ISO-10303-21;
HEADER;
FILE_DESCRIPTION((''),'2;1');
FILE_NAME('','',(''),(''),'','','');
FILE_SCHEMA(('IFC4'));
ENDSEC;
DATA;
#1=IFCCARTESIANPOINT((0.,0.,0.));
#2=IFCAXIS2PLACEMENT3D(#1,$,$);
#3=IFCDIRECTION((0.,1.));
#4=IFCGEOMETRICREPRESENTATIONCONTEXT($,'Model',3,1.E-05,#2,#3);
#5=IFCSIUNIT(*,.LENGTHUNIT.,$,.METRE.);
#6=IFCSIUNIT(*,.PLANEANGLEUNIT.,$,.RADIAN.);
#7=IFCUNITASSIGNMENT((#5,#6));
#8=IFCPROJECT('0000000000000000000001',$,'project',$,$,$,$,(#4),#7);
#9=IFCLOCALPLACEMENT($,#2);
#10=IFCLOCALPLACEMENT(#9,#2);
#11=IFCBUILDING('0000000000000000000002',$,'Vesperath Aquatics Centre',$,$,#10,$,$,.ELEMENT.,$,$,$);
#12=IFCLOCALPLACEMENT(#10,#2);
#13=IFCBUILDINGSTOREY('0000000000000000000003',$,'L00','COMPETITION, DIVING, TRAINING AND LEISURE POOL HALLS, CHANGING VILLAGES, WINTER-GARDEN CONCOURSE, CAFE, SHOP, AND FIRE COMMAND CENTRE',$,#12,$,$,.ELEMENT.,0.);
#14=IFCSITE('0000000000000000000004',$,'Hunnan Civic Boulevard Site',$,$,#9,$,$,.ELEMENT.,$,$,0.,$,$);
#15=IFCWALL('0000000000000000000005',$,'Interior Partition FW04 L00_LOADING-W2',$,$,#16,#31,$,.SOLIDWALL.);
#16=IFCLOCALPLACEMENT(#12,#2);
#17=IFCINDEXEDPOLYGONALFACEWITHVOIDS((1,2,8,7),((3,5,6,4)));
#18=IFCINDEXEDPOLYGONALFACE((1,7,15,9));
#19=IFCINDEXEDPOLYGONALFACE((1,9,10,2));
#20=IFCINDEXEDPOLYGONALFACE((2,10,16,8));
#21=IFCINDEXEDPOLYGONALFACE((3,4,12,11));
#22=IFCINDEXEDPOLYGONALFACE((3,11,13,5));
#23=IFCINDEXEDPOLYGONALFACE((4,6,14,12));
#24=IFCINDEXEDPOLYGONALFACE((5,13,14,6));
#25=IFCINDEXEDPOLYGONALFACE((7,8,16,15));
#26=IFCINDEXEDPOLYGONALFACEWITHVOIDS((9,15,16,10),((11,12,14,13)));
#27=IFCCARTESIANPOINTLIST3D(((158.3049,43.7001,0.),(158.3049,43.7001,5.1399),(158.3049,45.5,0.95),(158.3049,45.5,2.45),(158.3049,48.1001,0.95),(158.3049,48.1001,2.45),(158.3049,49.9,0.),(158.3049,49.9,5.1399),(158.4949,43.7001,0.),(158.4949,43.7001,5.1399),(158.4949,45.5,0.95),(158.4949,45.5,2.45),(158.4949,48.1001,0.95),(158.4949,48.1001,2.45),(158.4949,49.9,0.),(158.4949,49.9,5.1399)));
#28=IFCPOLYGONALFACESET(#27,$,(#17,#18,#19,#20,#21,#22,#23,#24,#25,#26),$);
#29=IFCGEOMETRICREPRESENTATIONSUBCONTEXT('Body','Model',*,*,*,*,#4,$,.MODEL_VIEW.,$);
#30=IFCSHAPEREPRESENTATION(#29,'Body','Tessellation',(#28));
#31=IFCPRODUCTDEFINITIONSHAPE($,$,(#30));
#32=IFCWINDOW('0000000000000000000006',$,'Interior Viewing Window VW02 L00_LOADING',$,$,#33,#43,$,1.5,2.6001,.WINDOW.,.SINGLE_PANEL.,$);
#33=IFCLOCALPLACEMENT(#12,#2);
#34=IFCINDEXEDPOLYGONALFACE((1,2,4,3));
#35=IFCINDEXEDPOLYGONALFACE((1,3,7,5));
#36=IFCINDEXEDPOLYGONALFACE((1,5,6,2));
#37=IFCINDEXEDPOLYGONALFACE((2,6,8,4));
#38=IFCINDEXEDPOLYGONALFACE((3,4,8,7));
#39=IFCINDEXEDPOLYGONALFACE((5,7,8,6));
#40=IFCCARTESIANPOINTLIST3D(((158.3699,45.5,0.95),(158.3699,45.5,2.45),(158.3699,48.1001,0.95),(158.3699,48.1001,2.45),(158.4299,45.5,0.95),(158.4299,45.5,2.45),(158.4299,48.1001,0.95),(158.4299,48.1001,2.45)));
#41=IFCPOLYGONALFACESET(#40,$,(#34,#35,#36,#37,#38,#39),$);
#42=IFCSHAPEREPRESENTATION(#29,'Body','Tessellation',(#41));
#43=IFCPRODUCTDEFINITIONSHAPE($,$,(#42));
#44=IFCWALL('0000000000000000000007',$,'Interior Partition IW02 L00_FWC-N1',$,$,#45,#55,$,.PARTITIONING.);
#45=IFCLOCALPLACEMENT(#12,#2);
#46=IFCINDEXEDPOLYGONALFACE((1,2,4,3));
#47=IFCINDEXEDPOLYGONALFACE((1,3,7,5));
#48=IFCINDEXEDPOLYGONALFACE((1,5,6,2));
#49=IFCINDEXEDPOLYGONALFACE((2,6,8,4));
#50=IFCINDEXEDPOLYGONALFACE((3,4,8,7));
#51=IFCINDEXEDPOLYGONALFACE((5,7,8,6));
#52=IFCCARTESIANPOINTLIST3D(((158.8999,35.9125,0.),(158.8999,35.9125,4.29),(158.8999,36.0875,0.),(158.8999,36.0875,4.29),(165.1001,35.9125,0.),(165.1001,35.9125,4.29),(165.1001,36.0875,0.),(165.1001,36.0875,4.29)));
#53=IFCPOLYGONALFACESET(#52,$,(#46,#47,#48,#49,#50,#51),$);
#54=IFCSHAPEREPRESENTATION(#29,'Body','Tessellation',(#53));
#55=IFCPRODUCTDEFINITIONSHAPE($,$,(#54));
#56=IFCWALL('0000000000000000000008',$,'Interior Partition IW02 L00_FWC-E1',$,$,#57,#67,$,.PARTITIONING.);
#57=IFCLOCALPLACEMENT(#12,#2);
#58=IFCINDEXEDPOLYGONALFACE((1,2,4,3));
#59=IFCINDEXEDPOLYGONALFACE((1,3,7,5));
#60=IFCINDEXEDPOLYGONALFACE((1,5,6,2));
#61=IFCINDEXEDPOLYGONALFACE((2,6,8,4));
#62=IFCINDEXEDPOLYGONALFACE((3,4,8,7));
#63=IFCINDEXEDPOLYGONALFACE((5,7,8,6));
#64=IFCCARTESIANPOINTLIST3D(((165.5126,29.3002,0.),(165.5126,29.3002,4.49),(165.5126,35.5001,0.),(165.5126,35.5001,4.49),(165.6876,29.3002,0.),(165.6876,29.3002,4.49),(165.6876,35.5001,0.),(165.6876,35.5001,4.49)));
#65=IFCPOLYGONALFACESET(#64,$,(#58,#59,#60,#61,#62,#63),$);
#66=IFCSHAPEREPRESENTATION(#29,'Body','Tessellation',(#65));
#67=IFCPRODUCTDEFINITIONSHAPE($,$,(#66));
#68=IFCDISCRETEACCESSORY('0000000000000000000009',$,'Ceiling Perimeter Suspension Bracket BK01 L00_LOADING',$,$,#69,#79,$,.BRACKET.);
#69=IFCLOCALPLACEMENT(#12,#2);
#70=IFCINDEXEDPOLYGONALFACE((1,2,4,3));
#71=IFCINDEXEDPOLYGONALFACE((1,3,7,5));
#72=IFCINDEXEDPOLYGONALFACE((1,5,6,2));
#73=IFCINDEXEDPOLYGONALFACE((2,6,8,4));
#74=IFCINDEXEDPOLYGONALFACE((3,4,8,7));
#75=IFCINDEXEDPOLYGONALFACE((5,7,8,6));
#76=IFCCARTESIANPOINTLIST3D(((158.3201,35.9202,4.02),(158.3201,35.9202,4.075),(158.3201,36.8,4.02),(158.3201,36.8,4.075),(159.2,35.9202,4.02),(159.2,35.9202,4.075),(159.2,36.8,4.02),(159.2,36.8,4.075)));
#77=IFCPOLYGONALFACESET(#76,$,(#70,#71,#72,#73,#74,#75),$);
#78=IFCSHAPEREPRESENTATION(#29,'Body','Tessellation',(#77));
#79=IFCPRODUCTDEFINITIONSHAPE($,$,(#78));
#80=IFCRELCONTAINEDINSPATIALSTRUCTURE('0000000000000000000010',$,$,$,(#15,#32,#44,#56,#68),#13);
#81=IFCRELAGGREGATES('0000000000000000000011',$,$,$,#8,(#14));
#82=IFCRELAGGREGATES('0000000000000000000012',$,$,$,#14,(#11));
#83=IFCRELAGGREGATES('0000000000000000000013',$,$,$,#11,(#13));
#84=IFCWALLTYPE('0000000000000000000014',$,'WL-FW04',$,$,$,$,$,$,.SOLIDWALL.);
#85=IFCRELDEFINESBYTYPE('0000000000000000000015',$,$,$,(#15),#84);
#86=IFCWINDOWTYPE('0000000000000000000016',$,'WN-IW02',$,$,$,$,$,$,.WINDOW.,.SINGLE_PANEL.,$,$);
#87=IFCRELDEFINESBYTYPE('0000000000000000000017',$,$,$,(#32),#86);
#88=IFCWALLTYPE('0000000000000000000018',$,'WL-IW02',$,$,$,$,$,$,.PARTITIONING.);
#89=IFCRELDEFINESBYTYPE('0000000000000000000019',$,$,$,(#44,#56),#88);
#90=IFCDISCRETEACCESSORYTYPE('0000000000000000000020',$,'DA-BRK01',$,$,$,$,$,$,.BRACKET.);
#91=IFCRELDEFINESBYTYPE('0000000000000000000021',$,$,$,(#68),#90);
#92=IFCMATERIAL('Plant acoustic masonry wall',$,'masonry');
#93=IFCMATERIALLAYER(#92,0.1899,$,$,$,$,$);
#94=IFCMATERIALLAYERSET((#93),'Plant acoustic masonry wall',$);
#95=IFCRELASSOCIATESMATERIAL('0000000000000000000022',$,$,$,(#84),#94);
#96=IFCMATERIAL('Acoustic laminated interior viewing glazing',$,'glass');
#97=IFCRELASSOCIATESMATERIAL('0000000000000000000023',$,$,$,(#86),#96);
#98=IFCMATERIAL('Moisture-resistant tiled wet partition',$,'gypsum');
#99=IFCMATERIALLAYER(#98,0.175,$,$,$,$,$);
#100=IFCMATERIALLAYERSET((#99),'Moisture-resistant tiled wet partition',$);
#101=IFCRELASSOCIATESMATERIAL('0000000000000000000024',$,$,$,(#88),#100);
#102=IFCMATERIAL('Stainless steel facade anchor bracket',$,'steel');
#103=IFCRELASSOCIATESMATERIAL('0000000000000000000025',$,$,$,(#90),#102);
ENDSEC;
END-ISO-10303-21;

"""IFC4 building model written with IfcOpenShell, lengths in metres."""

from ifc_helpers import new_model, si_unit, direction, frame, frame_2d, origin, origin_2d, place, context, subcontext, project, spatial, rectangle, extrude, material, layer, layer_set, type_object, element, fill, save


model = new_model("IFC4")

# Units and contexts
model_context = context("Model", 3, precision=1e-05, world=origin(), true_north=direction((0.0, 1.0)))
body_context = subcontext(model_context, "Body", "Model", "MODEL_VIEW")
ifc_project = project(units=[si_unit("LENGTHUNIT", "METRE"), si_unit("PLANEANGLEUNIT", "RADIAN")], contexts=[model_context])

# Site, building, storey
site_placement = place(None, origin())
site = spatial("IfcSite", under=ifc_project, at=site_placement, Name="Hunnan Civic Boulevard Site", CompositionType="ELEMENT", RefElevation=0.0)
building_placement = place(site_placement, origin())
building = spatial("IfcBuilding", under=site, at=building_placement, Name="Vesperath Aquatics Centre", CompositionType="ELEMENT")
storey_placement = place(building_placement, origin())
storey = spatial("IfcBuildingStorey", under=building, at=storey_placement, Name="L00", Description="COMPETITION, DIVING, TRAINING AND LEISURE POOL HALLS, CHANGING VILLAGES, WINTER-GARDEN CONCOURSE, CAFE, SHOP, AND FIRE COMMAND CENTRE", CompositionType="ELEMENT", Elevation=0.0)

# Shared definitions
ifc_material_1 = material(Name="Plant acoustic masonry wall", Category="masonry")
ifc_layer_1 = layer(ifc_material_1, 0.1899)
ifc_layer_set_1 = layer_set([ifc_layer_1], Name="Plant acoustic masonry wall")
wall_type_1 = type_object("IfcWallType", Name="WL-FW04", PredefinedType="SOLIDWALL", material=ifc_layer_set_1)

# Wall, opening, window
wall_1_placement = place(storey_placement, frame((158.3999, 43.7, 0.0), z_axis=(0.0, 0.0, 1.0), x_axis=(0.0, 1.0, 0.0)))
wall_1 = element("IfcWall", 1, at=wall_1_placement, inside=storey, type_object=wall_type_1, Name="Interior Partition FW04 L00_LOADING-W2", PredefinedType="SOLIDWALL", context=body_context, shape_type="SweptSolid", body=[
    extrude(rectangle(XDim=6.2, YDim=0.1899, at=frame_2d((3.1001, 0.0))), origin(), (0.0, 0.0, 1.0), 5.1399),
])
opening_1_placement = place(wall_1_placement, frame((1.8, 0.0, 0.95)))
opening_1 = element("IfcOpeningElement", 2, at=opening_1_placement, cuts=wall_1, PredefinedType="OPENING", context=body_context, shape_type="SweptSolid", body=[
    extrude(rectangle(XDim=2.6001, YDim=1.5, at=frame_2d((1.3, 0.75))), frame((0.0, 0.1099, 0.0), z_axis=(0.0, -1.0, 0.0), x_axis=(1.0, 0.0, 0.0)), (0.0, 0.0, 1.0), 0.2197),
])
ifc_material_2 = material(Name="Acoustic laminated interior viewing glazing", Category="glass")
window_type = type_object("IfcWindowType", Name="WN-IW02", PartitioningType="SINGLE_PANEL", PredefinedType="WINDOW", material=ifc_material_2)
window_placement = place(opening_1_placement, origin())
window = element("IfcWindow", 3, at=window_placement, inside=storey, type_object=window_type, Name="Interior Viewing Window VW02 L00_LOADING", OverallHeight=1.5, OverallWidth=2.6001, PartitioningType="SINGLE_PANEL", PredefinedType="WINDOW", context=body_context, shape_type="SweptSolid", body=[
    extrude(rectangle(XDim=2.6001, YDim=1.5, at=frame_2d((1.3, 0.75))), frame((0.0, 0.03, 0.0), z_axis=(0.0, -1.0, 0.0), x_axis=(1.0, 0.0, 0.0)), (0.0, 0.0, 1.0), 0.0601),
])
fill(opening_1, window)

# Walls
ifc_material_3 = material(Name="Moisture-resistant tiled wet partition", Category="gypsum")
ifc_layer_2 = layer(ifc_material_3, 0.175)
ifc_layer_set_2 = layer_set([ifc_layer_2], Name="Moisture-resistant tiled wet partition")
wall_type_2 = type_object("IfcWallType", Name="WL-IW02", PredefinedType="PARTITIONING", material=ifc_layer_set_2)
wall_2_placement = place(storey_placement, frame((158.8999, 36.0, 0.0), z_axis=(0.0, 0.0, 1.0), x_axis=(1.0, 0.0, 0.0)))
element("IfcWall", 4, at=wall_2_placement, inside=storey, type_object=wall_type_2, Name="Interior Partition IW02 L00_FWC-N1", PredefinedType="PARTITIONING", context=body_context, shape_type="SweptSolid", body=[
    extrude(rectangle(XDim=6.2002, YDim=0.175, at=frame_2d((3.1001, 0.0))), origin(), (0.0, 0.0, 1.0), 4.29),
])
wall_3_placement = place(storey_placement, frame((165.6001, 29.3, 0.0), z_axis=(0.0, 0.0, 1.0), x_axis=(0.0, 1.0, 0.0)))
element("IfcWall", 5, at=wall_3_placement, inside=storey, type_object=wall_type_2, Name="Interior Partition IW02 L00_FWC-E1", PredefinedType="PARTITIONING", context=body_context, shape_type="SweptSolid", body=[
    extrude(rectangle(XDim=6.2, YDim=0.175, at=frame_2d((3.1001, 0.0))), origin(), (0.0, 0.0, 1.0), 4.49),
])

# Discrete accessory
ifc_material_4 = material(Name="Stainless steel facade anchor bracket", Category="steel")
discrete_accessory_type = type_object("IfcDiscreteAccessoryType", Name="DA-BRK01", PredefinedType="BRACKET", material=ifc_material_4)
discrete_accessory_placement = place(storey_placement, frame((158.76, 36.3601, 4.02), z_axis=(0.0, 0.0, 1.0), x_axis=(1.0, 0.0, 0.0)))
element("IfcDiscreteAccessory", 6, at=discrete_accessory_placement, inside=storey, type_object=discrete_accessory_type, Name="Ceiling Perimeter Suspension Bracket BK01 L00_LOADING", PredefinedType="BRACKET", context=body_context, shape_type="SweptSolid", body=[
    extrude(rectangle(XDim=0.8799, YDim=0.8799, at=origin_2d()), origin(), (0.0, 0.0, 1.0), 0.0549),
])

save(model, "model.ifc")
